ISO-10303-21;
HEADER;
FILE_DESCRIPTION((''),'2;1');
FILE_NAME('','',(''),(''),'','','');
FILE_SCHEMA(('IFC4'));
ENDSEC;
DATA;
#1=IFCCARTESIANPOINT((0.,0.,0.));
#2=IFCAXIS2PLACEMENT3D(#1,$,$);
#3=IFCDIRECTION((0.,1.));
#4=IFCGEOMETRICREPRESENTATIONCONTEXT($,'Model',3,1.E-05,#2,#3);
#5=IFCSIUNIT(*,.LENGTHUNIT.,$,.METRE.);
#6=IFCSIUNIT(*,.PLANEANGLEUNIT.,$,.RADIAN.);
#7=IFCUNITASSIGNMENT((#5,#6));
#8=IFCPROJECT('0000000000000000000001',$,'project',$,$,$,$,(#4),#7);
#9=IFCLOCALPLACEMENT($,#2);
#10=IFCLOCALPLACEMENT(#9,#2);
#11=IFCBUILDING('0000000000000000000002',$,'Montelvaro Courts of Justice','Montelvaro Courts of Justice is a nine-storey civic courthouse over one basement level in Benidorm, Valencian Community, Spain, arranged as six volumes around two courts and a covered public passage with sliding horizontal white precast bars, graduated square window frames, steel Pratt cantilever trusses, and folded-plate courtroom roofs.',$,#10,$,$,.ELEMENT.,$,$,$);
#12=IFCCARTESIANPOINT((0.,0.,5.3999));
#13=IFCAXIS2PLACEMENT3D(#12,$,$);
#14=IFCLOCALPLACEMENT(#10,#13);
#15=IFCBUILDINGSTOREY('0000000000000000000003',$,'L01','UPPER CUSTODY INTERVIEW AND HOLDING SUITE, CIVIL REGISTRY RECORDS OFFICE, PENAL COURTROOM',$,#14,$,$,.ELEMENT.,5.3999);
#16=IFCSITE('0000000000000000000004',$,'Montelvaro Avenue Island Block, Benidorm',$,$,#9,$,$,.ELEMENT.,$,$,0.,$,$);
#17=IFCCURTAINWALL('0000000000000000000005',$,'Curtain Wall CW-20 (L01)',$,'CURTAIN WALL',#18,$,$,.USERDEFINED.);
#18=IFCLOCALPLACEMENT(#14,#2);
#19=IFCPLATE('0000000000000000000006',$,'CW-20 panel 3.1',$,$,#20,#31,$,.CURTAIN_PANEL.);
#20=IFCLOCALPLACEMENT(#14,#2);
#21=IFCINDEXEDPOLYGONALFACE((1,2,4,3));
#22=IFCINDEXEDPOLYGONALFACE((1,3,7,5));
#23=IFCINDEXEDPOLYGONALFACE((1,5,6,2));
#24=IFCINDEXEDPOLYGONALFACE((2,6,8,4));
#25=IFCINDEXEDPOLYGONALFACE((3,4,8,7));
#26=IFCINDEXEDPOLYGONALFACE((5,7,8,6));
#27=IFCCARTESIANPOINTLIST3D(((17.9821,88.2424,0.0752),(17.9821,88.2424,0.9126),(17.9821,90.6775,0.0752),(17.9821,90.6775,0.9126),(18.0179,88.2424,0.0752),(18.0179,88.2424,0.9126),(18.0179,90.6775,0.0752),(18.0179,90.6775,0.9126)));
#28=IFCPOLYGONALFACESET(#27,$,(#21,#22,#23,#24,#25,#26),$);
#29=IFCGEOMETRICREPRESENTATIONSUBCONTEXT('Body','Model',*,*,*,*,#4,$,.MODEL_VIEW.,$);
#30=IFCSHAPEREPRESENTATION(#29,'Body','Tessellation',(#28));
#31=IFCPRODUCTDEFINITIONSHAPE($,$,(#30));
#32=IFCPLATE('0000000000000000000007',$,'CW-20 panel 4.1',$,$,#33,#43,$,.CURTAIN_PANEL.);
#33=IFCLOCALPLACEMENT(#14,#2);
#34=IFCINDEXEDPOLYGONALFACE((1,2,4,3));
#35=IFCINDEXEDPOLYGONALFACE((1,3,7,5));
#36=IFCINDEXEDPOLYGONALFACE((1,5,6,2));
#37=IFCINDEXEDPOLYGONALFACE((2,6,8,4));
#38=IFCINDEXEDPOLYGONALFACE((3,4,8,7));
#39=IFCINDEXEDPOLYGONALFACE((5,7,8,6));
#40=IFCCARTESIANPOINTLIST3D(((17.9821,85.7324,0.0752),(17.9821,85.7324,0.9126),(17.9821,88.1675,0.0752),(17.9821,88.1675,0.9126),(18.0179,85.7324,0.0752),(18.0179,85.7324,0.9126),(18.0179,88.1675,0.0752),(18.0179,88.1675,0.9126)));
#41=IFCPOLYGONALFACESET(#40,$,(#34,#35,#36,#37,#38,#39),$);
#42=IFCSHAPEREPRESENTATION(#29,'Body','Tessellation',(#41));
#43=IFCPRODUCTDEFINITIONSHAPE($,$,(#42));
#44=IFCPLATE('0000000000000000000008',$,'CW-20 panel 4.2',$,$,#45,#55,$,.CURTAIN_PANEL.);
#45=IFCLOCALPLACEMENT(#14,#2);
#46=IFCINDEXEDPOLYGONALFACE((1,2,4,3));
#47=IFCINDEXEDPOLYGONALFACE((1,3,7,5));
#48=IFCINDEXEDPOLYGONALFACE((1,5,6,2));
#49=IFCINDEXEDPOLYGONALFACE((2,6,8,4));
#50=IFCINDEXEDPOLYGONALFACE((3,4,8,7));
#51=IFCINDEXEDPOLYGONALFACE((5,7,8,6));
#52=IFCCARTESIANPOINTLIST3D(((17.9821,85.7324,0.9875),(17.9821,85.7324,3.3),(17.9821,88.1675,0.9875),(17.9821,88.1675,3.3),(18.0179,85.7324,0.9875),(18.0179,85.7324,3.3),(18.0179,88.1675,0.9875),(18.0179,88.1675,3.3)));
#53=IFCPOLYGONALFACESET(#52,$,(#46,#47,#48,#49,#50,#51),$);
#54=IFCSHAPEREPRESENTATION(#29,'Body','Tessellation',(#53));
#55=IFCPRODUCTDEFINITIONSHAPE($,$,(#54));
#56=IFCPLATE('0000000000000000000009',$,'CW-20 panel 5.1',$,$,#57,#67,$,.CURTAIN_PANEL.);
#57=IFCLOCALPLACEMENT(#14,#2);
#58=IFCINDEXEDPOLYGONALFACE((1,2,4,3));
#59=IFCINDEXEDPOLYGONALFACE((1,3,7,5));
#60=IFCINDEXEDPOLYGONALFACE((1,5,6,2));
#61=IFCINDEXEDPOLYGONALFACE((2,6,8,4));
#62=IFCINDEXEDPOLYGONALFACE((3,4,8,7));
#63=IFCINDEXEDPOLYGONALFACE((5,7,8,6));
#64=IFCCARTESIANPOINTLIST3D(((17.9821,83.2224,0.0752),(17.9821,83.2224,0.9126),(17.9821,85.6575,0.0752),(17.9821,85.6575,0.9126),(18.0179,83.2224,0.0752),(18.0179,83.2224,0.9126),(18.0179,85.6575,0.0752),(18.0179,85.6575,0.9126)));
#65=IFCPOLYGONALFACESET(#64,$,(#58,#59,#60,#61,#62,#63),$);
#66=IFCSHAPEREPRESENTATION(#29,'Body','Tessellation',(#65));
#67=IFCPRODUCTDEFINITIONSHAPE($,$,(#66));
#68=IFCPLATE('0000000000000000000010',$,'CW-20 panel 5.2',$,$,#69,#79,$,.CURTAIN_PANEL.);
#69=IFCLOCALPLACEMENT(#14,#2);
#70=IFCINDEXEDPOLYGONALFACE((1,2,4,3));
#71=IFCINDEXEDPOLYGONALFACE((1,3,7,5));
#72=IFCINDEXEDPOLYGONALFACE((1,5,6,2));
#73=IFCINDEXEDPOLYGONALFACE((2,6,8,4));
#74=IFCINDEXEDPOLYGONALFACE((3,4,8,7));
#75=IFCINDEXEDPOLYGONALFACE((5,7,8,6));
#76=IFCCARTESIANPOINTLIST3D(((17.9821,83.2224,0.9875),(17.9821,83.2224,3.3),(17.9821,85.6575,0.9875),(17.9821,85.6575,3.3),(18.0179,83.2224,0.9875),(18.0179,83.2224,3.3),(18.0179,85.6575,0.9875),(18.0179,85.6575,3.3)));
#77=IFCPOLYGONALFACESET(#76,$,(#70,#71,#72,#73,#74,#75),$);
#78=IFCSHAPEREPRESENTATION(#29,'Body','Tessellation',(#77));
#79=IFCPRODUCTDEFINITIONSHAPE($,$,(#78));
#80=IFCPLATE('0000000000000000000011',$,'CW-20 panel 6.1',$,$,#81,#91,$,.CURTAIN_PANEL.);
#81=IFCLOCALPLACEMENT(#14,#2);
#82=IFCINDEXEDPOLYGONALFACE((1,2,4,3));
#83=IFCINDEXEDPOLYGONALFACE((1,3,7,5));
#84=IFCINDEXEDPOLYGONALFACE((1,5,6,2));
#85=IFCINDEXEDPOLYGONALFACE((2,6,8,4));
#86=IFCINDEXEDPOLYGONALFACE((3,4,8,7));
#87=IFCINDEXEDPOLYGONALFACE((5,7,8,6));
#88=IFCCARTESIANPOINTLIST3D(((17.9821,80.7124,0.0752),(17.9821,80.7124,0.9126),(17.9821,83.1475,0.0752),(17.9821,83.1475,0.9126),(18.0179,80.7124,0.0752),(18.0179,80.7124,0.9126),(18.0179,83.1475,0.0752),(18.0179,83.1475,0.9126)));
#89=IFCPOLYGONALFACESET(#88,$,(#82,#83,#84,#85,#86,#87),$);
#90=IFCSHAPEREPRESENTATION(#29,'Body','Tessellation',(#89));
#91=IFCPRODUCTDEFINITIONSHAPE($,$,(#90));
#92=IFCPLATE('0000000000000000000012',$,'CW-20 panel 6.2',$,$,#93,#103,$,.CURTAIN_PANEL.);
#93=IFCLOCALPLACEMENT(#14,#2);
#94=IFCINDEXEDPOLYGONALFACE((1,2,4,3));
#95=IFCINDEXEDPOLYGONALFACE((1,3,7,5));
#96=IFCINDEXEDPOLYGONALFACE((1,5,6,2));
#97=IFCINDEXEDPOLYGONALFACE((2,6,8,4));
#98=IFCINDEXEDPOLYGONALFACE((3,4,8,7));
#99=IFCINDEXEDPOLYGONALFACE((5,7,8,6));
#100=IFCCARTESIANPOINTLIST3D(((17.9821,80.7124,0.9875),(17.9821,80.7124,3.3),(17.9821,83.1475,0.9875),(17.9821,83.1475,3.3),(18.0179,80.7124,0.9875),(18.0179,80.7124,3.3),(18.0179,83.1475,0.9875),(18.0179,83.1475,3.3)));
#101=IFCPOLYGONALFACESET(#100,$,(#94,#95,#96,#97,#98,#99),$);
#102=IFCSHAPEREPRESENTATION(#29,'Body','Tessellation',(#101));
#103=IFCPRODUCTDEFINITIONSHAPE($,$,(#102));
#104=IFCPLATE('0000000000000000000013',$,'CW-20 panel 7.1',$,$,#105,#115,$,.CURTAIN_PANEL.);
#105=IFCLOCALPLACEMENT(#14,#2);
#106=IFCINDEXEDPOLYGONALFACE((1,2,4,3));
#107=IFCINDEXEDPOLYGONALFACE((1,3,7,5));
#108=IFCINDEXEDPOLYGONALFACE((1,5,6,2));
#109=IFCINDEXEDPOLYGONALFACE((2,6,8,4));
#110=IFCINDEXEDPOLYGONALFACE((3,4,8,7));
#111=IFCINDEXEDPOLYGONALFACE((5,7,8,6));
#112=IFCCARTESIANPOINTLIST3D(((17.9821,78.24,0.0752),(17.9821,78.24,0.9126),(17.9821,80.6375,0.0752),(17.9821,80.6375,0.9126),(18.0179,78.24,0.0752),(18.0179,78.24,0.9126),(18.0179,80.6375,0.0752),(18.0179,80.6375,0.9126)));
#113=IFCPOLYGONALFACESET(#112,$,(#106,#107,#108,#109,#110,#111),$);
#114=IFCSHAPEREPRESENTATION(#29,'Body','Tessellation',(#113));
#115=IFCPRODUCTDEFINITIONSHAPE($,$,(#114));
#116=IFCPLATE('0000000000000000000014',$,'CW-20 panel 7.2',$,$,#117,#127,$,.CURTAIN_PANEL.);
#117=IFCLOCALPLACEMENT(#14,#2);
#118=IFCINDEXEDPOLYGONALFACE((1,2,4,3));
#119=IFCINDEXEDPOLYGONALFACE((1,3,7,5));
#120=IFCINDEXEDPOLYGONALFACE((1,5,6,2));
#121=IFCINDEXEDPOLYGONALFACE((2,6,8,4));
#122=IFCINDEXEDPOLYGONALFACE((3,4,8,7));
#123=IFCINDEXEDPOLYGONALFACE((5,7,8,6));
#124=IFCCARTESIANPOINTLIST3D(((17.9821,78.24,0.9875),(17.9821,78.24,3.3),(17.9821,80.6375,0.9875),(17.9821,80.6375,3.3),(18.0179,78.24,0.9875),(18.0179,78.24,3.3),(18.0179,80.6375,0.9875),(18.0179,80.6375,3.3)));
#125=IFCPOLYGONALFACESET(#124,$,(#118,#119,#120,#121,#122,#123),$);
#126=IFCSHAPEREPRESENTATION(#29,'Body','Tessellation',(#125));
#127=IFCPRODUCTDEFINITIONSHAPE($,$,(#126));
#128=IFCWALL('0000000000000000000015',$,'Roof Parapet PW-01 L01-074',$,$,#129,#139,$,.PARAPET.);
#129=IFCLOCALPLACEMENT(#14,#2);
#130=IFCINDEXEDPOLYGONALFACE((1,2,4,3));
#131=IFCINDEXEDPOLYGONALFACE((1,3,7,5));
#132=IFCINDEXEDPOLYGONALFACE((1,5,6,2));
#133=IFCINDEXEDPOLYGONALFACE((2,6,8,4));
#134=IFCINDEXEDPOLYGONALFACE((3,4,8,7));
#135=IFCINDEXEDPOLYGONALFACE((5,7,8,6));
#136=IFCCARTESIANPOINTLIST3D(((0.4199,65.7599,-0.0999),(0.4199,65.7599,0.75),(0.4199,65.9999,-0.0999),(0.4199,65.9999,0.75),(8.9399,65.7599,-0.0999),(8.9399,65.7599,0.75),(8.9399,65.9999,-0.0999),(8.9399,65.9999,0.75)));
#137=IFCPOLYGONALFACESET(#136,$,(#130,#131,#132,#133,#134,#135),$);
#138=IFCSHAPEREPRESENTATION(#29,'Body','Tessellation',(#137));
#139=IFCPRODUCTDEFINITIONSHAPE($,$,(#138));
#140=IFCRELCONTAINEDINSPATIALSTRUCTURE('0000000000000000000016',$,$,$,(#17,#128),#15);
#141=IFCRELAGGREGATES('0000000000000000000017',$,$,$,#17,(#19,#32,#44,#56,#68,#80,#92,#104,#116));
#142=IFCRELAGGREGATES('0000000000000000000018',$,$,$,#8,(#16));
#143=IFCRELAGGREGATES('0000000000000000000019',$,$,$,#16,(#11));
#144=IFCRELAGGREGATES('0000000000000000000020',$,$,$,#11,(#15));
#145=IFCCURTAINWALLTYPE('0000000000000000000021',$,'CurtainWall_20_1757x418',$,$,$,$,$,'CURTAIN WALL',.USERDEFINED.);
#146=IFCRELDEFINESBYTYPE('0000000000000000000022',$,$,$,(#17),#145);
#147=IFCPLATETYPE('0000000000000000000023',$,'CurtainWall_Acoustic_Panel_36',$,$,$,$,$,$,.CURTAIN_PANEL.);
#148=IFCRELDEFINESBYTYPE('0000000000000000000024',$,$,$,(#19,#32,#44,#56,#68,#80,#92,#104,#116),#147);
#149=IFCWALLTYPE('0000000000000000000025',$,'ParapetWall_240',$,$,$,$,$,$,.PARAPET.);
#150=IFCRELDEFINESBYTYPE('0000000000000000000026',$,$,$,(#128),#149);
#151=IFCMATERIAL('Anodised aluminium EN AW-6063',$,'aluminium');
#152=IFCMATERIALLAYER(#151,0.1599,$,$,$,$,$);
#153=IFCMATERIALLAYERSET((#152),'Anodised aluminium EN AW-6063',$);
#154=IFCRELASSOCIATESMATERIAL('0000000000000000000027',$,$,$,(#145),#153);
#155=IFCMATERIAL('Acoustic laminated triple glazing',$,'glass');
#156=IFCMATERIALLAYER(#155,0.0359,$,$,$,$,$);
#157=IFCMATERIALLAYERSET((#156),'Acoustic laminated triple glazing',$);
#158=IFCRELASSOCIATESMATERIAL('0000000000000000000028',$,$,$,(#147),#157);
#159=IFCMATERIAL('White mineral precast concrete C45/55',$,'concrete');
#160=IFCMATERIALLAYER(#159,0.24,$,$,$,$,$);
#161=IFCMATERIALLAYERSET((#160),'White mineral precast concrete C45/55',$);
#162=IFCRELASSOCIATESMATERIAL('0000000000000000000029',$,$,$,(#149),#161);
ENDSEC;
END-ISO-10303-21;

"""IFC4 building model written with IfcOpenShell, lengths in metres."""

from ifc_helpers import new_model, si_unit, direction, frame, frame_2d, origin, origin_2d, place, context, subcontext, project, spatial, rectangle, extrude, material, layer, layer_set, type_object, element, aggregate, save


model = new_model("IFC4")

# Units and contexts
model_context = context("Model", 3, precision=1e-05, world=origin(), true_north=direction((0.0, 1.0)))
body_context = subcontext(model_context, "Body", "Model", "MODEL_VIEW")
ifc_project = project(units=[si_unit("LENGTHUNIT", "METRE"), si_unit("PLANEANGLEUNIT", "RADIAN")], contexts=[model_context])

# Site, building, storey
site_placement = place(None, origin())
site = spatial("IfcSite", under=ifc_project, at=site_placement, Name="Montelvaro Avenue Island Block, Benidorm", CompositionType="ELEMENT", RefElevation=0.0)
building_placement = place(site_placement, origin())
building = spatial("IfcBuilding", under=site, at=building_placement, Name="Montelvaro Courts of Justice", Description="Montelvaro Courts of Justice is a nine-storey civic courthouse over one basement level in Benidorm, Valencian Community, Spain, arranged as six volumes around two courts and a covered public passage with sliding horizontal white precast bars, graduated square window frames, steel Pratt cantilever trusses, and folded-plate courtroom roofs.", CompositionType="ELEMENT")
storey_placement = place(building_placement, frame((0.0, 0.0, 5.3999)))
storey = spatial("IfcBuildingStorey", under=building, at=storey_placement, Name="L01", Description="UPPER CUSTODY INTERVIEW AND HOLDING SUITE, CIVIL REGISTRY RECORDS OFFICE, PENAL COURTROOM", CompositionType="ELEMENT", Elevation=5.3999)

# Curtain wall, plates
ifc_material_1 = material(Name="Anodised aluminium EN AW-6063", Category="aluminium")
ifc_layer_1 = layer(ifc_material_1, 0.1599)
ifc_layer_set_1 = layer_set([ifc_layer_1], Name="Anodised aluminium EN AW-6063")
curtain_wall_type = type_object("IfcCurtainWallType", Name="CurtainWall_20_1757x418", ElementType="CURTAIN WALL", PredefinedType="USERDEFINED", material=ifc_layer_set_1)
curtain_wall_placement = place(storey_placement, origin())
curtain_wall = element("IfcCurtainWall", 1, at=curtain_wall_placement, inside=storey, type_object=curtain_wall_type, Name="Curtain Wall CW-20 (L01)", ObjectType="CURTAIN WALL", PredefinedType="USERDEFINED")
ifc_material_2 = material(Name="Acoustic laminated triple glazing", Category="glass")
ifc_layer_2 = layer(ifc_material_2, 0.0359)
ifc_layer_set_2 = layer_set([ifc_layer_2], Name="Acoustic laminated triple glazing")
plate_type = type_object("IfcPlateType", Name="CurtainWall_Acoustic_Panel_36", PredefinedType="CURTAIN_PANEL", material=ifc_layer_set_2)
plate_1_placement = place(storey_placement, frame((18.0, 89.46, 0.0752), z_axis=(0.0, 0.0, 1.0), x_axis=(0.0, -1.0, 0.0)))
plate_1 = element("IfcPlate", 2, at=plate_1_placement, type_object=plate_type, Name="CW-20 panel 3.1", PredefinedType="CURTAIN_PANEL", context=body_context, shape_type="SweptSolid", body=[
    extrude(rectangle(XDim=2.4351, YDim=0.0359, at=origin_2d()), origin(), (0.0, 0.0, 1.0), 0.8374),
])
plate_2_placement = place(storey_placement, frame((18.0, 86.95, 0.0752), z_axis=(0.0, 0.0, 1.0), x_axis=(0.0, -1.0, 0.0)))
plate_2 = element("IfcPlate", 3, at=plate_2_placement, type_object=plate_type, Name="CW-20 panel 4.1", PredefinedType="CURTAIN_PANEL", context=body_context, shape_type="SweptSolid", body=[
    extrude(rectangle(XDim=2.4351, YDim=0.0359, at=origin_2d()), origin(), (0.0, 0.0, 1.0), 0.8374),
])
plate_3_placement = place(storey_placement, frame((18.0, 86.95, 0.9875), z_axis=(0.0, 0.0, 1.0), x_axis=(0.0, -1.0, 0.0)))
plate_3 = element("IfcPlate", 4, at=plate_3_placement, type_object=plate_type, Name="CW-20 panel 4.2", PredefinedType="CURTAIN_PANEL", context=body_context, shape_type="SweptSolid", body=[
    extrude(rectangle(XDim=2.4351, YDim=0.0359, at=origin_2d()), origin(), (0.0, 0.0, 1.0), 2.3125),
])
plate_4_placement = place(storey_placement, frame((18.0, 84.4399, 0.0752), z_axis=(0.0, 0.0, 1.0), x_axis=(0.0, -1.0, 0.0)))
plate_4 = element("IfcPlate", 5, at=plate_4_placement, type_object=plate_type, Name="CW-20 panel 5.1", PredefinedType="CURTAIN_PANEL", context=body_context, shape_type="SweptSolid", body=[
    extrude(rectangle(XDim=2.4351, YDim=0.0359, at=origin_2d()), origin(), (0.0, 0.0, 1.0), 0.8374),
])
plate_5_placement = place(storey_placement, frame((18.0, 84.4399, 0.9875), z_axis=(0.0, 0.0, 1.0), x_axis=(0.0, -1.0, 0.0)))
plate_5 = element("IfcPlate", 6, at=plate_5_placement, type_object=plate_type, Name="CW-20 panel 5.2", PredefinedType="CURTAIN_PANEL", context=body_context, shape_type="SweptSolid", body=[
    extrude(rectangle(XDim=2.4351, YDim=0.0359, at=origin_2d()), origin(), (0.0, 0.0, 1.0), 2.3125),
])
plate_6_placement = place(storey_placement, frame((18.0, 81.9299, 0.0752), z_axis=(0.0, 0.0, 1.0), x_axis=(0.0, -1.0, 0.0)))
plate_6 = element("IfcPlate", 7, at=plate_6_placement, type_object=plate_type, Name="CW-20 panel 6.1", PredefinedType="CURTAIN_PANEL", context=body_context, shape_type="SweptSolid", body=[
    extrude(rectangle(XDim=2.4351, YDim=0.0359, at=origin_2d()), origin(), (0.0, 0.0, 1.0), 0.8374),
])
plate_7_placement = place(storey_placement, frame((18.0, 81.9299, 0.9875), z_axis=(0.0, 0.0, 1.0), x_axis=(0.0, -1.0, 0.0)))
plate_7 = element("IfcPlate", 8, at=plate_7_placement, type_object=plate_type, Name="CW-20 panel 6.2", PredefinedType="CURTAIN_PANEL", context=body_context, shape_type="SweptSolid", body=[
    extrude(rectangle(XDim=2.4351, YDim=0.0359, at=origin_2d()), origin(), (0.0, 0.0, 1.0), 2.3125),
])
plate_8_placement = place(storey_placement, frame((18.0, 79.4387, 0.0752), z_axis=(0.0, 0.0, 1.0), x_axis=(0.0, -1.0, 0.0)))
plate_8 = element("IfcPlate", 9, at=plate_8_placement, type_object=plate_type, Name="CW-20 panel 7.1", PredefinedType="CURTAIN_PANEL", context=body_context, shape_type="SweptSolid", body=[
    extrude(rectangle(XDim=2.3975, YDim=0.0359, at=origin_2d()), origin(), (0.0, 0.0, 1.0), 0.8374),
])
plate_9_placement = place(storey_placement, frame((18.0, 79.4387, 0.9875), z_axis=(0.0, 0.0, 1.0), x_axis=(0.0, -1.0, 0.0)))
plate_9 = element("IfcPlate", 10, at=plate_9_placement, type_object=plate_type, Name="CW-20 panel 7.2", PredefinedType="CURTAIN_PANEL", context=body_context, shape_type="SweptSolid", body=[
    extrude(rectangle(XDim=2.3975, YDim=0.0359, at=origin_2d()), origin(), (0.0, 0.0, 1.0), 2.3125),
])
aggregate(curtain_wall, [plate_1, plate_2, plate_3, plate_4, plate_5, plate_6, plate_7, plate_8, plate_9])

# Wall
ifc_material_3 = material(Name="White mineral precast concrete C45/55", Category="concrete")
ifc_layer_3 = layer(ifc_material_3, 0.24)
ifc_layer_set_3 = layer_set([ifc_layer_3], Name="White mineral precast concrete C45/55")
wall_type = type_object("IfcWallType", Name="ParapetWall_240", PredefinedType="PARAPET", material=ifc_layer_set_3)
wall_placement = place(storey_placement, frame((0.4199, 65.8799, -0.0999), z_axis=(0.0, 0.0, 1.0), x_axis=(1.0, 0.0, 0.0)))
element("IfcWall", 11, at=wall_placement, inside=storey, type_object=wall_type, Name="Roof Parapet PW-01 L01-074", PredefinedType="PARAPET", context=body_context, shape_type="SweptSolid", body=[
    extrude(rectangle(XDim=8.52, YDim=0.24, at=frame_2d((4.26, 0.0))), origin(), (0.0, 0.0, 1.0), 0.8499),
])

save(model, "model.ifc")
